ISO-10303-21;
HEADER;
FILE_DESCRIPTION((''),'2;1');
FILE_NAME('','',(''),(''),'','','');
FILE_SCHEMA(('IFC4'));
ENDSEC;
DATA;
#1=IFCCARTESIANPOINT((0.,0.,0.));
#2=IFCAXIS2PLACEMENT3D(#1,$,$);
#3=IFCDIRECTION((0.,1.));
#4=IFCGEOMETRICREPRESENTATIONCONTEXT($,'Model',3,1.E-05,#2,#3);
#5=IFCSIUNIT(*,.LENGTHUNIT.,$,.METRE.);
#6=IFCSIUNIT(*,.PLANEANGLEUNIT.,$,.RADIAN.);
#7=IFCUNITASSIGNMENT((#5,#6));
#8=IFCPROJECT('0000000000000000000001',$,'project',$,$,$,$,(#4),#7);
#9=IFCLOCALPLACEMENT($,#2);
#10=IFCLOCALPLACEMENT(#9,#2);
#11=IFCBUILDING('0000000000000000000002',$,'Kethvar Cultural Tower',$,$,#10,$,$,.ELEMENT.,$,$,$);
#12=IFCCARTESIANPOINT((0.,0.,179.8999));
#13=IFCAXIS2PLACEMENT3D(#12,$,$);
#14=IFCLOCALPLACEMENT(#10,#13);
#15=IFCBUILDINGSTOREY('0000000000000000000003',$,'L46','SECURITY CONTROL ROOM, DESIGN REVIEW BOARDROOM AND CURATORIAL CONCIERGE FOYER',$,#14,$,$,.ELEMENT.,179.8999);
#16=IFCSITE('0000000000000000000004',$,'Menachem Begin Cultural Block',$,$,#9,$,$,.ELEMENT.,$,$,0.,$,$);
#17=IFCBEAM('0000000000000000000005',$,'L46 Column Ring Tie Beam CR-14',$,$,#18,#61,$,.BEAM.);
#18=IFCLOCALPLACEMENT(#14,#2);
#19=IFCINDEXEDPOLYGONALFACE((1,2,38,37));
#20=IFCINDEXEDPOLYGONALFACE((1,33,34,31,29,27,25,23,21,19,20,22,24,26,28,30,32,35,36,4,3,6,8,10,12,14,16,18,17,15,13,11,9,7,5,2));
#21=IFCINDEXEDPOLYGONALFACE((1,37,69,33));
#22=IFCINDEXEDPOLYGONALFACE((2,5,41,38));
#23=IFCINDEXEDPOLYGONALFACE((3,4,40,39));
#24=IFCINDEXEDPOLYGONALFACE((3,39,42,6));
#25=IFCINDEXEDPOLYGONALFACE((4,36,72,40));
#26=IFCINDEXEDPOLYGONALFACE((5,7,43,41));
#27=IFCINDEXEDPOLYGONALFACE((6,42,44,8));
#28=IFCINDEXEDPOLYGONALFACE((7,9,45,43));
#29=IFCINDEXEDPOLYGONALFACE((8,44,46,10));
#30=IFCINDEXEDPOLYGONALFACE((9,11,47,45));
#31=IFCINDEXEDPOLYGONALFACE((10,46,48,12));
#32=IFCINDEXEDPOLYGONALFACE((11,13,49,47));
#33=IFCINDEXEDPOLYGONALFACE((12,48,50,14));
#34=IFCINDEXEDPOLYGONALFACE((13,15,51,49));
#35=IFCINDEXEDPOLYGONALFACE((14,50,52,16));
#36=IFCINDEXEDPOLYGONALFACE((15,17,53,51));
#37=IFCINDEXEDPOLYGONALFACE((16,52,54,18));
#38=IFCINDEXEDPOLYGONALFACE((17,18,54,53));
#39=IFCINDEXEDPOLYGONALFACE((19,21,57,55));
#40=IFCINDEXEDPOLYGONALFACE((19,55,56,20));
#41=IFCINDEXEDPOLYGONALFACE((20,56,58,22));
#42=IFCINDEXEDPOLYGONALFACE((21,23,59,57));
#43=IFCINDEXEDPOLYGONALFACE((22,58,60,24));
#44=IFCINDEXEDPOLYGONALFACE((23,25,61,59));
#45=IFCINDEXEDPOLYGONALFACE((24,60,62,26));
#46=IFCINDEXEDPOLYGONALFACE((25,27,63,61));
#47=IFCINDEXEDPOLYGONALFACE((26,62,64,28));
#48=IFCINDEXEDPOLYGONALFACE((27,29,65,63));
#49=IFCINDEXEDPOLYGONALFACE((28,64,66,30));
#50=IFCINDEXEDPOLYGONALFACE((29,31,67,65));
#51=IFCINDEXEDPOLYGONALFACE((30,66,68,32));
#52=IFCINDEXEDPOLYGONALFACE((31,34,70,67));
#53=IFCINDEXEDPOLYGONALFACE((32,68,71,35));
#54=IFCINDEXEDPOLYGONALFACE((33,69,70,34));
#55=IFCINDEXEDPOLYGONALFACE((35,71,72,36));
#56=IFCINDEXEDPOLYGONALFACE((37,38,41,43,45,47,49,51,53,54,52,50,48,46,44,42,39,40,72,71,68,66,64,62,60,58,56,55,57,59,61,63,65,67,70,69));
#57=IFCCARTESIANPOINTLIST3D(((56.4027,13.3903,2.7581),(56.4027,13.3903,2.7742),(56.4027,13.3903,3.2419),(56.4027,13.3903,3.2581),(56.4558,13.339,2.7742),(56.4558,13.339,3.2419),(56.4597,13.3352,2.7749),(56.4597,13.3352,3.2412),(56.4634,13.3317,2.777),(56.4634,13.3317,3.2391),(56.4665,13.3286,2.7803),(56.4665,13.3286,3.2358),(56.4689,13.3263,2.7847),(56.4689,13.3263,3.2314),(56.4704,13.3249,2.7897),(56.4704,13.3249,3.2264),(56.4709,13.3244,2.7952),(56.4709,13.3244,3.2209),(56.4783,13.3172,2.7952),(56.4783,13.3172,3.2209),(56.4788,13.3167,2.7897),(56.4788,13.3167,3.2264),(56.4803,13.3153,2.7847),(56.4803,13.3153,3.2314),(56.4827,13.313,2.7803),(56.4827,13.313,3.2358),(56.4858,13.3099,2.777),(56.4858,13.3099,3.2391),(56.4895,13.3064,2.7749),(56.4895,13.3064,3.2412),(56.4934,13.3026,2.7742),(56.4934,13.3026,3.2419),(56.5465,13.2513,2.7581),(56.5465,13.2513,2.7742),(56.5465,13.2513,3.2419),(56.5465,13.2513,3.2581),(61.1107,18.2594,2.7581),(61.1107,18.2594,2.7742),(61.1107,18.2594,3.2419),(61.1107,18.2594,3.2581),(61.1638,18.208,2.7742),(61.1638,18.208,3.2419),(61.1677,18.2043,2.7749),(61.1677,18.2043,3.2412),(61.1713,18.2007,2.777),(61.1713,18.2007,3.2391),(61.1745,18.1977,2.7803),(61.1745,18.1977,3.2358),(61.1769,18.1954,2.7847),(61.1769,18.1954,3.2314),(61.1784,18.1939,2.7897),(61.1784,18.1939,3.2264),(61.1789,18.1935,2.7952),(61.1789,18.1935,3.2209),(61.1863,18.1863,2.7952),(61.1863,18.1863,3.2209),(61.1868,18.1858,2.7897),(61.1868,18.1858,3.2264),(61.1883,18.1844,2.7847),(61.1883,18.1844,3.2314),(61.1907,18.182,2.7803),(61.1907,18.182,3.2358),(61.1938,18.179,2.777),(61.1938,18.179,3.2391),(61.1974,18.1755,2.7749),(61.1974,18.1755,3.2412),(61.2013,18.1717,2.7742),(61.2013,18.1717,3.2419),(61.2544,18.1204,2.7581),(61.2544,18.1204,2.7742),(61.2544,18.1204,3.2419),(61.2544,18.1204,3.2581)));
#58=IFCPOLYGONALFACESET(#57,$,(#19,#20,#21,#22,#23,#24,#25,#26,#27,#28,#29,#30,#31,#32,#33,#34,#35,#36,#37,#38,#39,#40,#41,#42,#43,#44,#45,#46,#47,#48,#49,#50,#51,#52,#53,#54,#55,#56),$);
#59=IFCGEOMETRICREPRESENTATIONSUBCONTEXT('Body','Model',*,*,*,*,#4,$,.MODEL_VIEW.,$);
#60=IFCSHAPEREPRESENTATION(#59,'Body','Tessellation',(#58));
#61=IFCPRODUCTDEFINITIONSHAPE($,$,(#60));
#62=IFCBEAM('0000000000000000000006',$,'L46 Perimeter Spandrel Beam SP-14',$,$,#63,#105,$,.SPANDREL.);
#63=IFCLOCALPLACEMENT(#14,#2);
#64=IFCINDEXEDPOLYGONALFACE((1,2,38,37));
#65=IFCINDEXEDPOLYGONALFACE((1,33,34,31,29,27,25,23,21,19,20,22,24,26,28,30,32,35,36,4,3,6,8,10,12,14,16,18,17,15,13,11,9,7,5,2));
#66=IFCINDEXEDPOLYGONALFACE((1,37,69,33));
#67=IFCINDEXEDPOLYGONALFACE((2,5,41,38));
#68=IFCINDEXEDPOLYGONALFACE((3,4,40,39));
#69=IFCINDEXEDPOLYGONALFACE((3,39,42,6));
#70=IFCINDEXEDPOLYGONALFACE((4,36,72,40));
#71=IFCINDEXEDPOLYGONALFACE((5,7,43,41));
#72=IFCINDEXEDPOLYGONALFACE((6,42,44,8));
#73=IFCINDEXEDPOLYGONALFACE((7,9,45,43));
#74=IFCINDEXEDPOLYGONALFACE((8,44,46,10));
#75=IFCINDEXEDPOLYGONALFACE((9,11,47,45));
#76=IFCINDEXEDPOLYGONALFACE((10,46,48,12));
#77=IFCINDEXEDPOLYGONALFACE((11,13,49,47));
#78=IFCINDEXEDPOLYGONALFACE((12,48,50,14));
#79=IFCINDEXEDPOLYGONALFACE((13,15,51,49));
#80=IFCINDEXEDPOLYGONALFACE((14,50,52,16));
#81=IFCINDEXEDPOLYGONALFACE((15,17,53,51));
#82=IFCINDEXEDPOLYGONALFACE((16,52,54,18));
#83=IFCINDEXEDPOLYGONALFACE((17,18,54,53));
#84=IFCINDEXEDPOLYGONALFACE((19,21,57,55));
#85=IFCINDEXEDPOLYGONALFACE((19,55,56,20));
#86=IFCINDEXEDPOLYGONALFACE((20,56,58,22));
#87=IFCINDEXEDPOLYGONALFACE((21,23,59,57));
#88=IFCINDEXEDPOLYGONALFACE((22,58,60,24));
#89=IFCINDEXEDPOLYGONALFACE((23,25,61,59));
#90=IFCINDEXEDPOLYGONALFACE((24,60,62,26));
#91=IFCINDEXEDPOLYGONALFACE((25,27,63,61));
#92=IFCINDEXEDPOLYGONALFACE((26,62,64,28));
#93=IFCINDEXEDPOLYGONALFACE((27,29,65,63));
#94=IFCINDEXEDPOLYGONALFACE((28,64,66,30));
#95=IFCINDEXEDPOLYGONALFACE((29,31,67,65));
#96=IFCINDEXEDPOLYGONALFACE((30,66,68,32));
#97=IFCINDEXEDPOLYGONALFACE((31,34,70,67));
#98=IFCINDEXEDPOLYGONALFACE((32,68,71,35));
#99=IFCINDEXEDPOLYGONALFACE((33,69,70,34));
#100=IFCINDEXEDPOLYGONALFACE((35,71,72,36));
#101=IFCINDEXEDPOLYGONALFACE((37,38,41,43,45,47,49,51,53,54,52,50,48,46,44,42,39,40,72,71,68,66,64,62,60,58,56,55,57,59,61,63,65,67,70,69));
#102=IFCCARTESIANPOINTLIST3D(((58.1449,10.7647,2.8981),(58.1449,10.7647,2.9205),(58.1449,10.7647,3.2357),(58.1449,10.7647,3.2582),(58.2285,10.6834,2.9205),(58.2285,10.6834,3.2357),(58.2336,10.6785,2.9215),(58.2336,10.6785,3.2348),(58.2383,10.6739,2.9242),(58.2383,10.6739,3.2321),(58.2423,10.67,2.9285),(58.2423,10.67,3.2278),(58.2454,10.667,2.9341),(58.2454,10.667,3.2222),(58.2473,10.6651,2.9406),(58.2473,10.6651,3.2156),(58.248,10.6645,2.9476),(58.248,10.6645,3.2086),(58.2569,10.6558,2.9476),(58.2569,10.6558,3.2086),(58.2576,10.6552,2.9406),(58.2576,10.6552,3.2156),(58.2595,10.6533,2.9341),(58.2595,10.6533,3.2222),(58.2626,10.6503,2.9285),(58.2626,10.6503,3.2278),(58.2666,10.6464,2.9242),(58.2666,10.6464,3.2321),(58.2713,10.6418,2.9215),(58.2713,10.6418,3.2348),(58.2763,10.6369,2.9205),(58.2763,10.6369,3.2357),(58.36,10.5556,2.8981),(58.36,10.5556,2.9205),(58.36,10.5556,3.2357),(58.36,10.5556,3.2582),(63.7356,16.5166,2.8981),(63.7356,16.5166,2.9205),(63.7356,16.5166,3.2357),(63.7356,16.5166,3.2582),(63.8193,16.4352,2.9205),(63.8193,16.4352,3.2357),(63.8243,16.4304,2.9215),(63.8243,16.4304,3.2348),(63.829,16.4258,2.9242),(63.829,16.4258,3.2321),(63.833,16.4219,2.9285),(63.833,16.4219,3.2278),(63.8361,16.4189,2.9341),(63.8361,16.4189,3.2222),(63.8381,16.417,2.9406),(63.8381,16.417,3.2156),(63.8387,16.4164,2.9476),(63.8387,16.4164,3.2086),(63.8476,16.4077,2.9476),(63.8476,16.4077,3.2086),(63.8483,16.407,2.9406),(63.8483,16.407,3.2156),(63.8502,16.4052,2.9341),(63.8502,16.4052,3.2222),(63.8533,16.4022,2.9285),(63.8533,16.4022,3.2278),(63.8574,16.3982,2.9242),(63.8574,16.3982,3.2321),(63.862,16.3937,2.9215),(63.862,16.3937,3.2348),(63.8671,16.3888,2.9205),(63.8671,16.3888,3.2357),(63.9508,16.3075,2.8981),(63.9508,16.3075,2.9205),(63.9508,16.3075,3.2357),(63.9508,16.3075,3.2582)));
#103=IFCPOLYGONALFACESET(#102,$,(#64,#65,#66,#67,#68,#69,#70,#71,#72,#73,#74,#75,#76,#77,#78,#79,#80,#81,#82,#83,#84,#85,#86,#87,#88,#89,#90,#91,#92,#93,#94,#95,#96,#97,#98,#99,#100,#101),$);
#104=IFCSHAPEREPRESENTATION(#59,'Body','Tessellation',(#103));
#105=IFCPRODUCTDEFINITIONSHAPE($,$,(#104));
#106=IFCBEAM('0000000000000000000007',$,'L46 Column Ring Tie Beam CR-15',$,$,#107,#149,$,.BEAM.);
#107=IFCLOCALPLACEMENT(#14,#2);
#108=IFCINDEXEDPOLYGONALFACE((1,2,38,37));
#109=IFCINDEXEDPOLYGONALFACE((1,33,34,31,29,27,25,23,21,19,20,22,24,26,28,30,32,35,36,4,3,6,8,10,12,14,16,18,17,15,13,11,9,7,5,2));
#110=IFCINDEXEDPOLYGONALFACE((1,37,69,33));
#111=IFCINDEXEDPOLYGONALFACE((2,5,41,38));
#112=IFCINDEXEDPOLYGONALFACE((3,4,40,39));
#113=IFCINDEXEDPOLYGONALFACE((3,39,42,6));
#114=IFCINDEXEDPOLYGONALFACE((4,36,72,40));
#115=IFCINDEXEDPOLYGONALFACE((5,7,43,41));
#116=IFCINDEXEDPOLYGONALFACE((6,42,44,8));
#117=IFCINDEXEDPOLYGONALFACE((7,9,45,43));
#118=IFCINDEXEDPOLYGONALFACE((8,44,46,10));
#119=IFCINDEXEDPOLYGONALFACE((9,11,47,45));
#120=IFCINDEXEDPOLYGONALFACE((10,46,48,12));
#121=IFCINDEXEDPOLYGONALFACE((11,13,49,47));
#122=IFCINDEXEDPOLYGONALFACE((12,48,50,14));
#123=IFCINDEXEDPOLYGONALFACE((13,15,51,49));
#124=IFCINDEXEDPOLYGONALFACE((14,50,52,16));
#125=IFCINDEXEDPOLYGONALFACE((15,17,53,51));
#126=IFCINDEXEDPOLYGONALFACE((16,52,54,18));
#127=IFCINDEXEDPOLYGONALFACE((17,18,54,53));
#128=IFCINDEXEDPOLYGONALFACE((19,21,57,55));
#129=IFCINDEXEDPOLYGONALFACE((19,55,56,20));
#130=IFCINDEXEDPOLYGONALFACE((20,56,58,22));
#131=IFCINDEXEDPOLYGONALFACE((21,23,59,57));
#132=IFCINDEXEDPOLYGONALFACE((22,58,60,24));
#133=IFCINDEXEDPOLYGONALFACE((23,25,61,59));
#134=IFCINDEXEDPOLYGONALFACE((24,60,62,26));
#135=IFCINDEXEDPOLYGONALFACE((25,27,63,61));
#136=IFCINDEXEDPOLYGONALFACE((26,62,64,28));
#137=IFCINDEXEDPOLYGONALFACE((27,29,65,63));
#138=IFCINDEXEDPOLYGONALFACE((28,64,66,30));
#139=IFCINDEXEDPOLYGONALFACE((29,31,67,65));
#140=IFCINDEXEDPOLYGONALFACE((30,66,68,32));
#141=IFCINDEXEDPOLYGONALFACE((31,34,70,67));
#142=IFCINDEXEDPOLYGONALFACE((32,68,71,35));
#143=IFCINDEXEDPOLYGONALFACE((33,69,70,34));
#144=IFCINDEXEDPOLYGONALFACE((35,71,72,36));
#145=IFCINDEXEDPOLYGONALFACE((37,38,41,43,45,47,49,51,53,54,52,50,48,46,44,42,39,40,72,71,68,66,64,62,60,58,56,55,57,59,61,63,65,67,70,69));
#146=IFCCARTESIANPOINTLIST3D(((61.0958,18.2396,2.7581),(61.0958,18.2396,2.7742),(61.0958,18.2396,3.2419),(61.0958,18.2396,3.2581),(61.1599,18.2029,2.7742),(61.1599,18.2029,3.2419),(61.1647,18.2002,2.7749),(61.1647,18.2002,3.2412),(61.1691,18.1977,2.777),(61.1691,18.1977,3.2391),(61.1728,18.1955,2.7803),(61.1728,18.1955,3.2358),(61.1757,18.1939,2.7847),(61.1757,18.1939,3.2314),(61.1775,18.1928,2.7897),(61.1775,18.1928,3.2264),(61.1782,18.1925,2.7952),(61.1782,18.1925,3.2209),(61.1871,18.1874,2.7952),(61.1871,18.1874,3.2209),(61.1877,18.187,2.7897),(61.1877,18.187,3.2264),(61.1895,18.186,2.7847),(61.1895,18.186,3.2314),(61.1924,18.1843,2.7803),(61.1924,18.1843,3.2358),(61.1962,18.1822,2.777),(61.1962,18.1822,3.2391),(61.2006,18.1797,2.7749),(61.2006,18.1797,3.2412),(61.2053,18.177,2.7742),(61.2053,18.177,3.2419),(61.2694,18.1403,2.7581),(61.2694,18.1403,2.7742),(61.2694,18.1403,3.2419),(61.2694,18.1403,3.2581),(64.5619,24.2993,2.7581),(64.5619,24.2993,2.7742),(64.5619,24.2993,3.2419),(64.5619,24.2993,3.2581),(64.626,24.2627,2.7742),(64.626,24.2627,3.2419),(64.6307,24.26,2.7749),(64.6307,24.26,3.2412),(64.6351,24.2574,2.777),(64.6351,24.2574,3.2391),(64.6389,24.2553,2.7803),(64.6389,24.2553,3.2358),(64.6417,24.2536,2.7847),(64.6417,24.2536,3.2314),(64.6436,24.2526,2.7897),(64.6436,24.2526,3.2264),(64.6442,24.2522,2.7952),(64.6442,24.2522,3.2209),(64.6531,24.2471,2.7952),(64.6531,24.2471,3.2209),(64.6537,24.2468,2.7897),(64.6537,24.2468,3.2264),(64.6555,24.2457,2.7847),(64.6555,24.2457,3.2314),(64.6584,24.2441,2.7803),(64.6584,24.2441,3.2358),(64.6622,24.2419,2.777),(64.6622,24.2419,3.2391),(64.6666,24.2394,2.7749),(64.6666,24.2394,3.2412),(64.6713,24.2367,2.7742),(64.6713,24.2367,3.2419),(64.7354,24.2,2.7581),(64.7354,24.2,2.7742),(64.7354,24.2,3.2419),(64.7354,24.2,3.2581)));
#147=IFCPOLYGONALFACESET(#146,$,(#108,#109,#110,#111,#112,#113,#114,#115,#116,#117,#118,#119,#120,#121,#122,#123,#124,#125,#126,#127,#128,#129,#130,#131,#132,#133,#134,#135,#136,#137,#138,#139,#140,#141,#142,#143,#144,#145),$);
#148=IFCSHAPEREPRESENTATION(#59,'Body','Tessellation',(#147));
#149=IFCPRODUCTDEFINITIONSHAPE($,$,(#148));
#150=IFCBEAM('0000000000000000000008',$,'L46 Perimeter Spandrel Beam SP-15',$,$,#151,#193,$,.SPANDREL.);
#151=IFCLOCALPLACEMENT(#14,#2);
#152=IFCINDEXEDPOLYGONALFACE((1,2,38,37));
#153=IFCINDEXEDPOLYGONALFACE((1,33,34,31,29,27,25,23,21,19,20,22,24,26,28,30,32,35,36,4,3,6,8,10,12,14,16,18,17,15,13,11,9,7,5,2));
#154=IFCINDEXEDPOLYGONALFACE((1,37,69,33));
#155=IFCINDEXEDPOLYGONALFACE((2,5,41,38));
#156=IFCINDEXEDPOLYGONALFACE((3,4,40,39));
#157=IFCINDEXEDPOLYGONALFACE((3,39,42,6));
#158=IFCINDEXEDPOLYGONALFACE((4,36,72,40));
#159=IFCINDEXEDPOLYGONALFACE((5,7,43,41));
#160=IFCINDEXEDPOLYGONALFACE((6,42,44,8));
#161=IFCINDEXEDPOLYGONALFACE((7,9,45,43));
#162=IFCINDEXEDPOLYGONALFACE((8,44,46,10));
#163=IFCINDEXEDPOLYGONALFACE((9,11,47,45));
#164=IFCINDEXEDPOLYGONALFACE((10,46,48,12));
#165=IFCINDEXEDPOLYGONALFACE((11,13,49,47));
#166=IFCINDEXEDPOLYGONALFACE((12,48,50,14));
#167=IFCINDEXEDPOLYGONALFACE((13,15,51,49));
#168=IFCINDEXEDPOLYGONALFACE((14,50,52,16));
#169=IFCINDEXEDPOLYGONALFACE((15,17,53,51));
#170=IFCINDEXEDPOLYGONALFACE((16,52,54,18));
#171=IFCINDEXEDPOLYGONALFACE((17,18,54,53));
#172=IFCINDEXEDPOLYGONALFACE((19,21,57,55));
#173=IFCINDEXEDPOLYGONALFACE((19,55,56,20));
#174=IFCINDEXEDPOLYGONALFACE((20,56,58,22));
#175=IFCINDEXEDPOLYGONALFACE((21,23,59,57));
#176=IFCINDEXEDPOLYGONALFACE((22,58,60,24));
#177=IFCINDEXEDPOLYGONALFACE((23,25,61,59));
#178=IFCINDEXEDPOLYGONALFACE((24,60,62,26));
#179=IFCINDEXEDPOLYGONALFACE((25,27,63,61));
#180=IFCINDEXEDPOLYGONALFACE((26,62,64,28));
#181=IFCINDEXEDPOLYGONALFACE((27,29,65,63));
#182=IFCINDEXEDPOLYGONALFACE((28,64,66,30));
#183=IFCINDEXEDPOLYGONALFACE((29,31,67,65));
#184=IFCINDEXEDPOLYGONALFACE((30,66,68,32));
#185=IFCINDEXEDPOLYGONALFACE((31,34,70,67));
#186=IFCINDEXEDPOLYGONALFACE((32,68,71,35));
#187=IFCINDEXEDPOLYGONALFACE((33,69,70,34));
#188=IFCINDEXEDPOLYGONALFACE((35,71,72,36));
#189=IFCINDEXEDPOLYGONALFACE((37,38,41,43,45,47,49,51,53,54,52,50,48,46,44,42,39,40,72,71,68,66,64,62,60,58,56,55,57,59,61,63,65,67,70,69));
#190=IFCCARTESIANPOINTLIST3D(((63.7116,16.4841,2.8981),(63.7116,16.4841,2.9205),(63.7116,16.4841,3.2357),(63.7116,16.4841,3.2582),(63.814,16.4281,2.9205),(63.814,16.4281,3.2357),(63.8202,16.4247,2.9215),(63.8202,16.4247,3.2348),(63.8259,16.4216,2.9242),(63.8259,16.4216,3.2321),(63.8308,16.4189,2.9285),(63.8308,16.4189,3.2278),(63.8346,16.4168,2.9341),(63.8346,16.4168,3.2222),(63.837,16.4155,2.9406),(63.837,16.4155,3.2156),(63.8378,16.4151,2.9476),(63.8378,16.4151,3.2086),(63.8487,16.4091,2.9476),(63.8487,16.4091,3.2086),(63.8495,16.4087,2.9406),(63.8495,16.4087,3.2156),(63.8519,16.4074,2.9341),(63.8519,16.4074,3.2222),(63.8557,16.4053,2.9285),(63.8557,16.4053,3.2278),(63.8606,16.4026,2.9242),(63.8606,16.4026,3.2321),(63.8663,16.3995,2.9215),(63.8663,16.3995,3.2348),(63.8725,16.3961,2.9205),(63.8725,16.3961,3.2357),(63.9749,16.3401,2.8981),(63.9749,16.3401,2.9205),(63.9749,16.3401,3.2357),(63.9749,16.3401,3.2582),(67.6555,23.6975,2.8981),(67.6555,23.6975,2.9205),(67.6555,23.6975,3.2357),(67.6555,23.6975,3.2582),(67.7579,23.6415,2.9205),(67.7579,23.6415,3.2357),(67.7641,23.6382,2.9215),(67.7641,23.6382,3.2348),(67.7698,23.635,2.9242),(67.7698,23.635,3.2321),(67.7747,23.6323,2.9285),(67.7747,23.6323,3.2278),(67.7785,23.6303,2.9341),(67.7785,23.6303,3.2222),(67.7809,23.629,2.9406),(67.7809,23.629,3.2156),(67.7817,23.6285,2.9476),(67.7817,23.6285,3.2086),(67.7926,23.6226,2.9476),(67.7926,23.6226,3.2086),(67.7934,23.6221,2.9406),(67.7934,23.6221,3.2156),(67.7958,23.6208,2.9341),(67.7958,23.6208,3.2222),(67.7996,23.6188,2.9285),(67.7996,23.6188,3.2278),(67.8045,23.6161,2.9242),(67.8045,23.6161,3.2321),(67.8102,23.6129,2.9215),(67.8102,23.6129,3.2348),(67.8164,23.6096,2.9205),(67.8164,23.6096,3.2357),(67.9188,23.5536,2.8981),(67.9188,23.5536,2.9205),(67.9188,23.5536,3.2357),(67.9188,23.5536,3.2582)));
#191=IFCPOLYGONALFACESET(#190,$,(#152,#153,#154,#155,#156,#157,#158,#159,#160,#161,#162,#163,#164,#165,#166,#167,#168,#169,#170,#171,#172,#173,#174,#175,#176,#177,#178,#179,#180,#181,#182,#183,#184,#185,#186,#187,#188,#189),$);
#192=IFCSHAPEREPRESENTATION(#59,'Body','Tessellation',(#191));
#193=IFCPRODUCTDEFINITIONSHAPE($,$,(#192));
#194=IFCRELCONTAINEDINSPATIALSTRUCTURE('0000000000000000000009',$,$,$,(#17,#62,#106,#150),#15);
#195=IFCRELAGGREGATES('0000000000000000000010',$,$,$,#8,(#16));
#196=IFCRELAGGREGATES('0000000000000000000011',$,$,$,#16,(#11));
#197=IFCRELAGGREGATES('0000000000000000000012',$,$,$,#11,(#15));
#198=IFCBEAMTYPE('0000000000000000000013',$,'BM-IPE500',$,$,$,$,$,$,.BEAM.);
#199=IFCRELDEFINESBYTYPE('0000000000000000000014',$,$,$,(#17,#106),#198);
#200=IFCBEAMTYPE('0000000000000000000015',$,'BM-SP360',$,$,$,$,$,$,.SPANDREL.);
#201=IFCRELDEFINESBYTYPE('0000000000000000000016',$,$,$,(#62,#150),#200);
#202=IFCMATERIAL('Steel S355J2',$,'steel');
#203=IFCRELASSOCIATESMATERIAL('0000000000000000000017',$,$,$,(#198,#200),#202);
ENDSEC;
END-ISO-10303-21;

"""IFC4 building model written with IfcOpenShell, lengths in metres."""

from ifc_helpers import new_model, si_unit, direction, frame, origin, origin_2d, place, context, subcontext, project, spatial, i_section, extrude, source, transform, mapped, material, material_profile, profile_set, type_object, element, save


model = new_model("IFC4")

# Units and contexts
model_context = context("Model", 3, precision=1e-05, world=origin(), true_north=direction((0.0, 1.0)))
body_context = subcontext(model_context, "Body", "Model", "MODEL_VIEW")
ifc_project = project(units=[si_unit("LENGTHUNIT", "METRE"), si_unit("PLANEANGLEUNIT", "RADIAN")], contexts=[model_context])

# Site, building, storey
site_placement = place(None, origin())
site = spatial("IfcSite", under=ifc_project, at=site_placement, Name="Menachem Begin Cultural Block", CompositionType="ELEMENT", RefElevation=0.0)
building_placement = place(site_placement, origin())
building = spatial("IfcBuilding", under=site, at=building_placement, Name="Kethvar Cultural Tower", CompositionType="ELEMENT")
storey_placement = place(building_placement, frame((0.0, 0.0, 179.8999)))
storey = spatial("IfcBuildingStorey", under=building, at=storey_placement, Name="L46", Description="SECURITY CONTROL ROOM, DESIGN REVIEW BOARDROOM AND CURATORIAL CONCIERGE FOYER", CompositionType="ELEMENT", Elevation=179.8999)

# Beams
ifc_material_1 = material(Name="Steel S355J2", Category="steel")
ifc_material_profile_1 = material_profile(ifc_material_1, i_section(OverallWidth=0.2, OverallDepth=0.5, WebThickness=0.0103, FlangeThickness=0.0161, FilletRadius=0.021, at=origin_2d()), Name="Steel S355J2 — IPE500")
ifc_profile_set_1 = profile_set([ifc_material_profile_1], Name="Steel S355J2 — IPE500")
beam_type_1 = type_object("IfcBeamType", Name="BM-IPE500", PredefinedType="BEAM", material=ifc_profile_set_1)
shared_shape_1 = source(origin(), body_context, "Body", "SweptSolid", [
    extrude(i_section(OverallWidth=0.2, OverallDepth=0.5, WebThickness=0.0103, FlangeThickness=0.0161, FilletRadius=0.021, at=origin_2d()), origin(), (0.0, 0.0, 1.0), 6.7729),
])
beam_1_placement = place(storey_placement, frame((56.4746, 13.3208, 3.0081), z_axis=(0.695112, 0.718902, 0.0), x_axis=(-0.718902, 0.695112, 0.0)))
element("IfcBeam", 1, at=beam_1_placement, inside=storey, type_object=beam_type_1, Name="L46 Column Ring Tie Beam CR-14", PredefinedType="BEAM", context=body_context, shape_type="MappedRepresentation", body=[
    mapped(shared_shape_1, transform((0.0, 0.0, 0.0), scale=1.0)),
])
ifc_material_profile_2 = material_profile(ifc_material_1, i_section(OverallWidth=0.3, OverallDepth=0.3601, WebThickness=0.0125, FlangeThickness=0.0225, FilletRadius=0.0271, at=origin_2d()), Name="Steel S355J2 — HEB360")
ifc_profile_set_2 = profile_set([ifc_material_profile_2], Name="Steel S355J2 — HEB360")
beam_type_2 = type_object("IfcBeamType", Name="BM-SP360", PredefinedType="SPANDREL", material=ifc_profile_set_2)
shared_shape_2 = source(origin(), body_context, "Body", "SweptSolid", [
    extrude(i_section(OverallWidth=0.3, OverallDepth=0.3601, WebThickness=0.0125, FlangeThickness=0.0225, FilletRadius=0.0271, at=origin_2d()), origin(), (0.0, 0.0, 1.0), 8.0212),
])
beam_2_placement = place(storey_placement, frame((58.2524, 10.6602, 3.0781), z_axis=(0.696991, 0.717079, 0.0), x_axis=(-0.717079, 0.696991, 0.0)))
element("IfcBeam", 2, at=beam_2_placement, inside=storey, type_object=beam_type_2, Name="L46 Perimeter Spandrel Beam SP-14", PredefinedType="SPANDREL", context=body_context, shape_type="MappedRepresentation", body=[
    mapped(shared_shape_2, transform((0.0, 0.0, 0.0), scale=1.0)),
])
shared_shape_3 = source(origin(), body_context, "Body", "SweptSolid", [
    extrude(i_section(OverallWidth=0.2, OverallDepth=0.5, WebThickness=0.0103, FlangeThickness=0.0161, FilletRadius=0.021, at=origin_2d()), origin(), (0.0, 0.0, 1.0), 6.981),
])
beam_3_placement = place(storey_placement, frame((61.1826, 18.1899, 3.0081), z_axis=(0.496497, 0.868039, 0.0), x_axis=(-0.868039, 0.496497, 0.0)))
element("IfcBeam", 3, at=beam_3_placement, inside=storey, type_object=beam_type_1, Name="L46 Column Ring Tie Beam CR-15", PredefinedType="BEAM", context=body_context, shape_type="MappedRepresentation", body=[
    mapped(shared_shape_3, transform((0.0, 0.0, 0.0), scale=1.0)),
])
shared_shape_4 = source(origin(), body_context, "Body", "SweptSolid", [
    extrude(i_section(OverallWidth=0.3, OverallDepth=0.3601, WebThickness=0.0125, FlangeThickness=0.0225, FilletRadius=0.0271, at=origin_2d()), origin(), (0.0, 0.0, 1.0), 8.2212),
])
beam_4_placement = place(storey_placement, frame((63.8433, 16.4121, 3.0781), z_axis=(0.479722, 0.877421, 0.0), x_axis=(-0.877421, 0.479722, 0.0)))
element("IfcBeam", 4, at=beam_4_placement, inside=storey, type_object=beam_type_2, Name="L46 Perimeter Spandrel Beam SP-15", PredefinedType="SPANDREL", context=body_context, shape_type="MappedRepresentation", body=[
    mapped(shared_shape_4, transform((0.0, 0.0, 0.0), scale=1.0)),
])

save(model, "model.ifc")
